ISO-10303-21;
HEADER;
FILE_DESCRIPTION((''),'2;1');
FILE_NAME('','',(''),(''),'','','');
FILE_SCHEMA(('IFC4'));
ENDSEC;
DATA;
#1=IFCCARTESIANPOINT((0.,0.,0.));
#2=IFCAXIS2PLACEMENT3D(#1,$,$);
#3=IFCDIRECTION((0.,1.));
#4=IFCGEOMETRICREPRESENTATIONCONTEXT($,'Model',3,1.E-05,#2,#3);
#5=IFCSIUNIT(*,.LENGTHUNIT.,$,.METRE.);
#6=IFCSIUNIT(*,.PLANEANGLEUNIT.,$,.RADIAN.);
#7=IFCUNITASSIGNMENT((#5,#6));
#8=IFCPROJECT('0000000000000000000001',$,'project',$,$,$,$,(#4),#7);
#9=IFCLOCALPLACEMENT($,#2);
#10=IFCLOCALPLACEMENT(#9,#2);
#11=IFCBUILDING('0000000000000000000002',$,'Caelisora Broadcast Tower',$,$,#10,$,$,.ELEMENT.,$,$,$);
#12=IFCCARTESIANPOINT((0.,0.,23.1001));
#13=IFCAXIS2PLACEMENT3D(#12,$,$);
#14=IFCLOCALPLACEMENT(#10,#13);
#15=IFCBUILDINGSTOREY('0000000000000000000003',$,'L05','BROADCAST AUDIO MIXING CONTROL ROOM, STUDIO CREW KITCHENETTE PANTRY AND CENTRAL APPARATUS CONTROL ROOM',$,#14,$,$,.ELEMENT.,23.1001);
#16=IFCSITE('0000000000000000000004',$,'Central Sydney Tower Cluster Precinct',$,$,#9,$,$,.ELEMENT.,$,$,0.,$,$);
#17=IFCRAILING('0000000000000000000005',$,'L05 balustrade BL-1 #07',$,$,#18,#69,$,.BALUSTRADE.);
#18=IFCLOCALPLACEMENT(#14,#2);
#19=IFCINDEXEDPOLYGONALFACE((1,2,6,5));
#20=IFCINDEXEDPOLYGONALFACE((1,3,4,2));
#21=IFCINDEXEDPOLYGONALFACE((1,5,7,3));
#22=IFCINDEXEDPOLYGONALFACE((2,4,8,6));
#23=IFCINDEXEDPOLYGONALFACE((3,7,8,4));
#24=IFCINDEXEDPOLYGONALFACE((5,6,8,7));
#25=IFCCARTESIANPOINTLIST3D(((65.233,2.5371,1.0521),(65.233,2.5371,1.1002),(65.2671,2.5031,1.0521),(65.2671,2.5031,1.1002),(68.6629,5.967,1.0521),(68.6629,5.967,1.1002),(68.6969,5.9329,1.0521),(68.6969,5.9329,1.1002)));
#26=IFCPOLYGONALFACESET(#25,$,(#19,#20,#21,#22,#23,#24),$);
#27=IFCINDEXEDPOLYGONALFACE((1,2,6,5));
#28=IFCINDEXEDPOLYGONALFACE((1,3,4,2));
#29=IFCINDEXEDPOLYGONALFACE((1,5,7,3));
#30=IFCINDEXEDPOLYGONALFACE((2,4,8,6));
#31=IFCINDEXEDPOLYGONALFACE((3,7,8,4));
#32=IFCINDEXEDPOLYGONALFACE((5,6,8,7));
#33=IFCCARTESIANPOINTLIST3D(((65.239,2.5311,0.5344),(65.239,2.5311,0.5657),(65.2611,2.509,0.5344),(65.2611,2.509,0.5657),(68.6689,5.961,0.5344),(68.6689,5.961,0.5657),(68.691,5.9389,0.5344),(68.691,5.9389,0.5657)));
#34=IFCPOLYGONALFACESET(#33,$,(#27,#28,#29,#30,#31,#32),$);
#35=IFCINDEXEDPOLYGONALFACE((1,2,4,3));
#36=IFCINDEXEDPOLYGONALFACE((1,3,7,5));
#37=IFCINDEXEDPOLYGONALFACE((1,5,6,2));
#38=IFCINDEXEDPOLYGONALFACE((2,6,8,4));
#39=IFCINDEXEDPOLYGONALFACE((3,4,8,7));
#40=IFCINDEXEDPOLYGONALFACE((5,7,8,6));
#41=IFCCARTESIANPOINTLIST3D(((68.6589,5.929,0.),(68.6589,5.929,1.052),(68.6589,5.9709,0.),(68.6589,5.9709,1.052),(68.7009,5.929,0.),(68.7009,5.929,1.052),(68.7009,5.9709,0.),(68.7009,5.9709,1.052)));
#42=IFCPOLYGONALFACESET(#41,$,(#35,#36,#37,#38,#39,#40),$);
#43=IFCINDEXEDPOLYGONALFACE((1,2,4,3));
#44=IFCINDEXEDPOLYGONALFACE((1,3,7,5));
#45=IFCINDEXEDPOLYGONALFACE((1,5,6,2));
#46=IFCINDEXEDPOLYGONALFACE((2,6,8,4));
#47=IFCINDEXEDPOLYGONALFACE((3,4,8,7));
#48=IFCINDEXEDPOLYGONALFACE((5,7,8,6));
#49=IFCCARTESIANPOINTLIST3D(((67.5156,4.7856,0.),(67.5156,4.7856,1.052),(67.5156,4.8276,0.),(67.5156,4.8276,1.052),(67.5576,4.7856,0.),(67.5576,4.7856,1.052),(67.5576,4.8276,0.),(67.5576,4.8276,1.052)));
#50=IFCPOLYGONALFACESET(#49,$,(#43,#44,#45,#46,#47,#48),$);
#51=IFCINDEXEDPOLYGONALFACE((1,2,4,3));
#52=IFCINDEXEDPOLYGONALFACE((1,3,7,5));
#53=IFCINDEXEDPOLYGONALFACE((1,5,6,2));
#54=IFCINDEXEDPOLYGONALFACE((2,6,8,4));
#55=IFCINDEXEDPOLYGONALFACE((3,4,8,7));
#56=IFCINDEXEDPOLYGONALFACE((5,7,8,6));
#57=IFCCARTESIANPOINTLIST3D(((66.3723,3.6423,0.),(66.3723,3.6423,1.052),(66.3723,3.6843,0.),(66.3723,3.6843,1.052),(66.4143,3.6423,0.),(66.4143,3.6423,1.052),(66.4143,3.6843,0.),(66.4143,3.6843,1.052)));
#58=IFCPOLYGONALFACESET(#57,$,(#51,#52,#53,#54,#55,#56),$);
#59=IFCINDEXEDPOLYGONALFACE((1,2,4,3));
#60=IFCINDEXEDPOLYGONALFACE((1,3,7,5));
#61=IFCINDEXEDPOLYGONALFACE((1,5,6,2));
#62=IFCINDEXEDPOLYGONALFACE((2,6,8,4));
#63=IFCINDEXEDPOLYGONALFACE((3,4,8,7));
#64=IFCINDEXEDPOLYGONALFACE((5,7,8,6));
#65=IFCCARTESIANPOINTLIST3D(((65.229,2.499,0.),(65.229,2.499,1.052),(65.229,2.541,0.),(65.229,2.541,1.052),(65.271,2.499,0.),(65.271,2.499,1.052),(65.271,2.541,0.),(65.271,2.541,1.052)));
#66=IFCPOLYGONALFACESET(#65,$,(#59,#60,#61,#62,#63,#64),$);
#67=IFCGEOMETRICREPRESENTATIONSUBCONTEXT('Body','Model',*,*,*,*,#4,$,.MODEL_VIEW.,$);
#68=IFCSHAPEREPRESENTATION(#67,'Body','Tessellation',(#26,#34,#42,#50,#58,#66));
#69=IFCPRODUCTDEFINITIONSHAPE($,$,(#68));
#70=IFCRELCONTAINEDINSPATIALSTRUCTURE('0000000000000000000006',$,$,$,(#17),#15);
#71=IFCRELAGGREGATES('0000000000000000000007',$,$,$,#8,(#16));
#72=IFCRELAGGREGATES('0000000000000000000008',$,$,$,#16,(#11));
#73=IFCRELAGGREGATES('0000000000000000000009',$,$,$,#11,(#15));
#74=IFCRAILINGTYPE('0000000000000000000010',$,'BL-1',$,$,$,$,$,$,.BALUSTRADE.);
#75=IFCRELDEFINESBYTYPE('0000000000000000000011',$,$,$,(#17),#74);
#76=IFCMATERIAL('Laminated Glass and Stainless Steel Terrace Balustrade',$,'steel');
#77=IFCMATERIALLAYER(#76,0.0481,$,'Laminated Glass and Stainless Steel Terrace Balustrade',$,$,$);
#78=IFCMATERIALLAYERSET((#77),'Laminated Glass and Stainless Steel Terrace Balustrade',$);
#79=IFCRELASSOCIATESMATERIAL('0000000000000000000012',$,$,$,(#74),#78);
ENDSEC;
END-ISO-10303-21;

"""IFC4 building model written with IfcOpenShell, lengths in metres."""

from ifc_helpers import new_model, si_unit, direction, frame, origin, origin_2d, place, context, subcontext, project, spatial, rectangle, extrude, material, layer, layer_set, type_object, element, save


model = new_model("IFC4")

# Units and contexts
model_context = context("Model", 3, precision=1e-05, world=origin(), true_north=direction((0.0, 1.0)))
body_context = subcontext(model_context, "Body", "Model", "MODEL_VIEW")
ifc_project = project(units=[si_unit("LENGTHUNIT", "METRE"), si_unit("PLANEANGLEUNIT", "RADIAN")], contexts=[model_context])

# Site, building, storey
site_placement = place(None, origin())
site = spatial("IfcSite", under=ifc_project, at=site_placement, Name="Central Sydney Tower Cluster Precinct", CompositionType="ELEMENT", RefElevation=0.0)
building_placement = place(site_placement, origin())
building = spatial("IfcBuilding", under=site, at=building_placement, Name="Caelisora Broadcast Tower", CompositionType="ELEMENT")
storey_placement = place(building_placement, frame((0.0, 0.0, 23.1001)))
storey = spatial("IfcBuildingStorey", under=building, at=storey_placement, Name="L05", Description="BROADCAST AUDIO MIXING CONTROL ROOM, STUDIO CREW KITCHENETTE PANTRY AND CENTRAL APPARATUS CONTROL ROOM", CompositionType="ELEMENT", Elevation=23.1001)

# Railing
ifc_material_1 = material(Name="Laminated Glass and Stainless Steel Terrace Balustrade", Category="steel")
ifc_layer_1 = layer(ifc_material_1, 0.0481, Name="Laminated Glass and Stainless Steel Terrace Balustrade")
ifc_layer_set_1 = layer_set([ifc_layer_1], Name="Laminated Glass and Stainless Steel Terrace Balustrade")
railing_type_1 = type_object("IfcRailingType", Name="BL-1", PredefinedType="BALUSTRADE", material=ifc_layer_set_1)
railing_1_placement = place(storey_placement, frame((68.6799, 5.95, 0.0)))
element("IfcRailing", 1, at=railing_1_placement, inside=storey, type_object=railing_type_1, Name="L05 balustrade BL-1 #07", PredefinedType="BALUSTRADE", context=body_context, shape_type="SweptSolid", body=[
    extrude(rectangle(XDim=0.0481, YDim=0.0481, at=origin_2d()), frame((0.0, 0.0, 1.0762), z_axis=(-0.707107, -0.707107, 0.0), x_axis=(0.707107, -0.707107, 0.0)), (0.0, 0.0, 1.0), 4.8506),
    extrude(rectangle(XDim=0.0312, YDim=0.0312, at=origin_2d()), frame((0.0, 0.0, 0.55), z_axis=(-0.707107, -0.707107, 0.0), x_axis=(0.707107, -0.707107, 0.0)), (0.0, 0.0, 1.0), 4.8506),
    extrude(rectangle(XDim=0.042, YDim=0.042, at=origin_2d()), origin(), (0.0, 0.0, 1.0), 1.052),
    extrude(rectangle(XDim=0.042, YDim=0.042, at=origin_2d()), frame((-1.1433, -1.1433, 0.0)), (0.0, 0.0, 1.0), 1.052),
    extrude(rectangle(XDim=0.042, YDim=0.042, at=origin_2d()), frame((-2.2866, -2.2866, 0.0)), (0.0, 0.0, 1.0), 1.052),
    extrude(rectangle(XDim=0.042, YDim=0.042, at=origin_2d()), frame((-3.4299, -3.4299, 0.0)), (0.0, 0.0, 1.0), 1.052),
])

save(model, "model.ifc")
